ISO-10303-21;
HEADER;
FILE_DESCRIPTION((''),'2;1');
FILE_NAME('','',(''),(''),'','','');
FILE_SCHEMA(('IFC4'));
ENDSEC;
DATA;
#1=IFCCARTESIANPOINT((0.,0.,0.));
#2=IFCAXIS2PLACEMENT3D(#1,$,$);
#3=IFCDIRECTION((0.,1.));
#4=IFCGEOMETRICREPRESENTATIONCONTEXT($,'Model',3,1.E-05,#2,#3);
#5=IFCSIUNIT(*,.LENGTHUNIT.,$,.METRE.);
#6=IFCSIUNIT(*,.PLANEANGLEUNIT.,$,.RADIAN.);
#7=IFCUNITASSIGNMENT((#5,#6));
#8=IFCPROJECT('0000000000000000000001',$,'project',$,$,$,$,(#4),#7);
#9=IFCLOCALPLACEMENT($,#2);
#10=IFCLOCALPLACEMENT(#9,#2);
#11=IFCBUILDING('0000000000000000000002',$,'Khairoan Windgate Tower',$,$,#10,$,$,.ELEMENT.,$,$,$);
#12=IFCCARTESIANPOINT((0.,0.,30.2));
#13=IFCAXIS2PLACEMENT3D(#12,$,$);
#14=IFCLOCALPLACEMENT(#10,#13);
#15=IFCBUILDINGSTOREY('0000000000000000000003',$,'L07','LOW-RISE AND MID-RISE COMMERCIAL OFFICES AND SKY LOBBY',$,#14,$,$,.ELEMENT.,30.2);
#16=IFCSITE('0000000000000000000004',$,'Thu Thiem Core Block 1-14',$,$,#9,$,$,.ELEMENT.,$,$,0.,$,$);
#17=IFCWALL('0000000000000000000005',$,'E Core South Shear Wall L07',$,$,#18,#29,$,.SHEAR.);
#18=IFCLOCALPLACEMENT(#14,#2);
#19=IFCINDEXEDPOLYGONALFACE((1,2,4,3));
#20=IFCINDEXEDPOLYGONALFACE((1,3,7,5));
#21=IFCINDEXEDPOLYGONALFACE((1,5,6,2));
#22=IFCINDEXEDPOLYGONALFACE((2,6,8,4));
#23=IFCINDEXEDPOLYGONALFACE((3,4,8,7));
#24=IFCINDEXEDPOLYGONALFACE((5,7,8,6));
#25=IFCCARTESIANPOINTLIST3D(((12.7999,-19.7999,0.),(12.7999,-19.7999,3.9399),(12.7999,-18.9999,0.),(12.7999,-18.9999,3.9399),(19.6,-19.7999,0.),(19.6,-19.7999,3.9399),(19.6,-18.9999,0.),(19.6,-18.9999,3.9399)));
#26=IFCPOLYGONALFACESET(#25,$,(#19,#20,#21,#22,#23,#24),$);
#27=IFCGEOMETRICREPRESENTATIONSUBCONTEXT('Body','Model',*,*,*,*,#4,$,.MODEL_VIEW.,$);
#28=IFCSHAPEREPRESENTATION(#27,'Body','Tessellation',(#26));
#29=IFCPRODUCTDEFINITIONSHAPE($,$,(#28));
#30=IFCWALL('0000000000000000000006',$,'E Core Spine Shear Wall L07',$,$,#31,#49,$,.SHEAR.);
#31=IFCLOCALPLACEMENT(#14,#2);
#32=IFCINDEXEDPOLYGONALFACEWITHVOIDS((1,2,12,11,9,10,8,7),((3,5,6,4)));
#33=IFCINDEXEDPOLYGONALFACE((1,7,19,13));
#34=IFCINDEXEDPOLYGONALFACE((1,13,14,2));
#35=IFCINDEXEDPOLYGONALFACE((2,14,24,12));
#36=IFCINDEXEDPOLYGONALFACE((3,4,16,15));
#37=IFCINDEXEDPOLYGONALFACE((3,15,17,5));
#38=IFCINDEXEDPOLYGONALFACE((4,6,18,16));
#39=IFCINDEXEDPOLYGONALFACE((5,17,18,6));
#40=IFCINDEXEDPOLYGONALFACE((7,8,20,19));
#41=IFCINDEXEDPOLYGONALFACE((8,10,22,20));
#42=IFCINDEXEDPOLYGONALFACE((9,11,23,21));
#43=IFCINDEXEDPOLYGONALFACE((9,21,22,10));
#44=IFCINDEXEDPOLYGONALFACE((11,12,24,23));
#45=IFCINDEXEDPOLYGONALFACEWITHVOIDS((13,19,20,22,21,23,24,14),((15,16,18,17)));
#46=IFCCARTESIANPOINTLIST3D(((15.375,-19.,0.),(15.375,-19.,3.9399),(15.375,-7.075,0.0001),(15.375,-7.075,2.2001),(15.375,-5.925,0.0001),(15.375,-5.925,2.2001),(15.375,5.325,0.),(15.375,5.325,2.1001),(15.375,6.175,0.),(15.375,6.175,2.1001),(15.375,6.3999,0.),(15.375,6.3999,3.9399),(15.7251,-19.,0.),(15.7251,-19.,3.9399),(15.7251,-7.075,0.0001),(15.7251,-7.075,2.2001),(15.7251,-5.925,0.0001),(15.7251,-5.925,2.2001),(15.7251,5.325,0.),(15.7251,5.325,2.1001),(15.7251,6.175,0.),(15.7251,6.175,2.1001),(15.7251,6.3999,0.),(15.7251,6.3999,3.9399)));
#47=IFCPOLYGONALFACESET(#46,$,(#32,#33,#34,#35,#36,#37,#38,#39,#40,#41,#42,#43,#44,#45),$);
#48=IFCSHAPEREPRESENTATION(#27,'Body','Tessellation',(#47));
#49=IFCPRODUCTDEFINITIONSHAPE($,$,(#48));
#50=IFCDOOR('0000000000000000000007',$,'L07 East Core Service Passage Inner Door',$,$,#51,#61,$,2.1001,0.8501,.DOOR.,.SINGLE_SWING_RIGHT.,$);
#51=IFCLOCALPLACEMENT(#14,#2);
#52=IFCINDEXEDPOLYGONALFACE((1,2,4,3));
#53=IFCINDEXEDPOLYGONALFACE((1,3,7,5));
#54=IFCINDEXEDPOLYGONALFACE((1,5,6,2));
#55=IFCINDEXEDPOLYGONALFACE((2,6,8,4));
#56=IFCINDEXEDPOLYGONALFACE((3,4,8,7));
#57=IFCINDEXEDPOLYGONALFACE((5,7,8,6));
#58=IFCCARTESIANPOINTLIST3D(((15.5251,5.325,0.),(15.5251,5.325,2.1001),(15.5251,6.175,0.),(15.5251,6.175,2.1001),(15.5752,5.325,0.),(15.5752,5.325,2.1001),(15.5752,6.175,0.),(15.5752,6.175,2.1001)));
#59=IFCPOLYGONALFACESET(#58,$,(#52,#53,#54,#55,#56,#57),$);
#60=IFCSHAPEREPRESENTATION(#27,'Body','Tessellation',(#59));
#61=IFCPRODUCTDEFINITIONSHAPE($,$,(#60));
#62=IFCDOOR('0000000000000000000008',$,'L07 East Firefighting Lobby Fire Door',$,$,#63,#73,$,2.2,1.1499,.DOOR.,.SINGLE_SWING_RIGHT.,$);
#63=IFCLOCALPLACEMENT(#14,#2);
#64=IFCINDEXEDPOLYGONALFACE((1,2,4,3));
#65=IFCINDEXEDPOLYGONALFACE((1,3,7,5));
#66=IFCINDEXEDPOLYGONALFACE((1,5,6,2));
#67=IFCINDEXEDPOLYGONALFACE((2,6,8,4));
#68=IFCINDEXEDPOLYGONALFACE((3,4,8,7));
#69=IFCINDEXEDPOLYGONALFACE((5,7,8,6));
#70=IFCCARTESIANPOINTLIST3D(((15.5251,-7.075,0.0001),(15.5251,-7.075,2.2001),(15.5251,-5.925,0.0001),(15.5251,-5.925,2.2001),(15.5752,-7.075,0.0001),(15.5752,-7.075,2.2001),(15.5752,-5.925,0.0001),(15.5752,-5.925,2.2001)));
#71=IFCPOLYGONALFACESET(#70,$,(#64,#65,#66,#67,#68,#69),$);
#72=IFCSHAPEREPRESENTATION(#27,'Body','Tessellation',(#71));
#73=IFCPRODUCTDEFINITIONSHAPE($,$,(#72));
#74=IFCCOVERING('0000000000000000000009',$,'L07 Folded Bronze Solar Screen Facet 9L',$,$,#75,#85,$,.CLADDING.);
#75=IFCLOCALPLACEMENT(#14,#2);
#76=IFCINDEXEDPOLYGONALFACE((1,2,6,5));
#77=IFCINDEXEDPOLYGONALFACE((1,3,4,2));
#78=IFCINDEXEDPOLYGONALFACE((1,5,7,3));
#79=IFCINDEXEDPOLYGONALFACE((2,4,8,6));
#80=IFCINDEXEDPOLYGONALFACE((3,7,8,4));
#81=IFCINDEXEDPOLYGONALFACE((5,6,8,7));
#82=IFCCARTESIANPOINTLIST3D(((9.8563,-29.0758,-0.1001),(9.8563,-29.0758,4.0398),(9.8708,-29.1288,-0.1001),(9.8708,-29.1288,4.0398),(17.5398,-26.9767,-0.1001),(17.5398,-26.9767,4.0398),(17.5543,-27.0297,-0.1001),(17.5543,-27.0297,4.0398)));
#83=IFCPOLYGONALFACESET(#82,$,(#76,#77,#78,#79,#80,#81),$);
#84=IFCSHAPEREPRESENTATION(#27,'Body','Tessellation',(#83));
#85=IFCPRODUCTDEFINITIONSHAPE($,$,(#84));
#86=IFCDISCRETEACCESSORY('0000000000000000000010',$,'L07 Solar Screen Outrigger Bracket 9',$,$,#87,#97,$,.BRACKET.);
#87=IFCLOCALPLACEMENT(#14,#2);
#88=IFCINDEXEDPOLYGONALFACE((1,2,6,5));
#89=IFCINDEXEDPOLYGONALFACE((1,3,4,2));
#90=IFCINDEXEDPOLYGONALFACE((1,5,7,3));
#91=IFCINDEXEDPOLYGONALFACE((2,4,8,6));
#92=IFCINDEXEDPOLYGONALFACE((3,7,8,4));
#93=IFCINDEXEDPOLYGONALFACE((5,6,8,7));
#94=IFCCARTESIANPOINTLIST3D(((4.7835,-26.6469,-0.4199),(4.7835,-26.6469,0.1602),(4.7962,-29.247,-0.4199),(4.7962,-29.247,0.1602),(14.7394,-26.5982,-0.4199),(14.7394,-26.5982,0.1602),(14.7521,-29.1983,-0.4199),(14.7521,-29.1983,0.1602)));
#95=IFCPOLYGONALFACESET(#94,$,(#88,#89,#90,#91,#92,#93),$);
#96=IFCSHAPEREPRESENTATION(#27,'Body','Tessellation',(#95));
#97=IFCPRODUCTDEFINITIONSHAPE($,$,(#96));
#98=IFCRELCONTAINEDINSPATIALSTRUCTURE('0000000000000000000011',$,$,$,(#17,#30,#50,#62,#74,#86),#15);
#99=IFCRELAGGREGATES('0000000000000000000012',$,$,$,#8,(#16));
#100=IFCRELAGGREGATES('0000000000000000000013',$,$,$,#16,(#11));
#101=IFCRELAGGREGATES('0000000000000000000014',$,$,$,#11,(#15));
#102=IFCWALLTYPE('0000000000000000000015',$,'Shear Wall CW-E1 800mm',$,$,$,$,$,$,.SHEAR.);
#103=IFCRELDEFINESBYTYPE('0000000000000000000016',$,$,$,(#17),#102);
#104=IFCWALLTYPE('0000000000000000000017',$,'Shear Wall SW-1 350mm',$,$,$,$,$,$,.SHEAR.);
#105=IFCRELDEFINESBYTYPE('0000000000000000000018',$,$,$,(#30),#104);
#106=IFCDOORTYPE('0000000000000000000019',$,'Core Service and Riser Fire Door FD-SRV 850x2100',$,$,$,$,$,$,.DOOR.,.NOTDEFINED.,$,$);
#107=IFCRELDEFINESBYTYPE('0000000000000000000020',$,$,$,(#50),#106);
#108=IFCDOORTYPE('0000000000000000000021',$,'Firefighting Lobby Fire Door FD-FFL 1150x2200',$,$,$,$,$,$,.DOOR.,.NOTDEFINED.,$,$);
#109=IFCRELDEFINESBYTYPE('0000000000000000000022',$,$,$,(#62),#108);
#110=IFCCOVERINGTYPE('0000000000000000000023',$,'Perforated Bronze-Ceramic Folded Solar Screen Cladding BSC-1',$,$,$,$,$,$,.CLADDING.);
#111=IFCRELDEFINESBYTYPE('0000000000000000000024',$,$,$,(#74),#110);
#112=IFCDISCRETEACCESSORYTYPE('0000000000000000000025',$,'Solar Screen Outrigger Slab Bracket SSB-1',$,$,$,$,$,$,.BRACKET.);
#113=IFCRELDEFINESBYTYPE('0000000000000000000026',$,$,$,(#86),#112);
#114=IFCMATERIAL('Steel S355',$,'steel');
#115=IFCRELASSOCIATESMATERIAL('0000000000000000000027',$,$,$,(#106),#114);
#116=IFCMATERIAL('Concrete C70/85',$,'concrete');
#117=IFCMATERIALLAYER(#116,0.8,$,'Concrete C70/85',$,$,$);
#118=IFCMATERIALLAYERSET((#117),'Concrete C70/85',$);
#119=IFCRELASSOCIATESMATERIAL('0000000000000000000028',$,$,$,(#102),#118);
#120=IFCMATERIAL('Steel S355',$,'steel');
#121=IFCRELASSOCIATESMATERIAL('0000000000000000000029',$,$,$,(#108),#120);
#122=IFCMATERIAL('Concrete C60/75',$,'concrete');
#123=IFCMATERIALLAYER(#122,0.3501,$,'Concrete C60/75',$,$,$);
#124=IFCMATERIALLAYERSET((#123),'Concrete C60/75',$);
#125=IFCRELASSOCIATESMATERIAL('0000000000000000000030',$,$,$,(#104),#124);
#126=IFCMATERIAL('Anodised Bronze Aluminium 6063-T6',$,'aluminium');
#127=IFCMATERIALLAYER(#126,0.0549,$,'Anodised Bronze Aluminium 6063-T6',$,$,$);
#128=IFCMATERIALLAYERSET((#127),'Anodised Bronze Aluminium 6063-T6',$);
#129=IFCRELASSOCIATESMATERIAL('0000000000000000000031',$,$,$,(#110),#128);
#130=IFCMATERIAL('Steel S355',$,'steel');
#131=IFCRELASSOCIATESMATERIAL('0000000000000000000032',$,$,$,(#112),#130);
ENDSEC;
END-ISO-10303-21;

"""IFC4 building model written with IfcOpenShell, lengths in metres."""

from ifc_helpers import new_model, si_unit, direction, frame, frame_2d, origin, origin_2d, place, context, subcontext, project, spatial, rectangle, extrude, material, layer, layer_set, type_object, element, fill, save


model = new_model("IFC4")

# Units and contexts
model_context = context("Model", 3, precision=1e-05, world=origin(), true_north=direction((0.0, 1.0)))
body_context = subcontext(model_context, "Body", "Model", "MODEL_VIEW")
ifc_project = project(units=[si_unit("LENGTHUNIT", "METRE"), si_unit("PLANEANGLEUNIT", "RADIAN")], contexts=[model_context])

# Site, building, storey
site_placement = place(None, origin())
site = spatial("IfcSite", under=ifc_project, at=site_placement, Name="Thu Thiem Core Block 1-14", CompositionType="ELEMENT", RefElevation=0.0)
building_placement = place(site_placement, origin())
building = spatial("IfcBuilding", under=site, at=building_placement, Name="Khairoan Windgate Tower", CompositionType="ELEMENT")
storey_placement = place(building_placement, frame((0.0, 0.0, 30.2)))
storey = spatial("IfcBuildingStorey", under=building, at=storey_placement, Name="L07", Description="LOW-RISE AND MID-RISE COMMERCIAL OFFICES AND SKY LOBBY", CompositionType="ELEMENT", Elevation=30.2)

# Shared definitions
ifc_material_1 = material(Name="Steel S355", Category="steel")
door_type_1 = type_object("IfcDoorType", Name="Core Service and Riser Fire Door FD-SRV 850x2100", OperationType="NOTDEFINED", PredefinedType="DOOR", material=ifc_material_1)

# Shared definitions
ifc_material_2 = material(Name="Concrete C70/85", Category="concrete")
ifc_layer_1 = layer(ifc_material_2, 0.8, Name="Concrete C70/85")
ifc_layer_set_1 = layer_set([ifc_layer_1], Name="Concrete C70/85")
wall_type_1 = type_object("IfcWallType", Name="Shear Wall CW-E1 800mm", PredefinedType="SHEAR", material=ifc_layer_set_1)
ifc_material_3 = material(Name="Steel S355", Category="steel")
door_type_2 = type_object("IfcDoorType", Name="Firefighting Lobby Fire Door FD-FFL 1150x2200", OperationType="NOTDEFINED", PredefinedType="DOOR", material=ifc_material_3)

# Wall
wall_1_placement = place(storey_placement, frame((12.8, -19.3999, 0.0), z_axis=(0.0, 0.0, 1.0), x_axis=(1.0, 0.0, 0.0)))
element("IfcWall", 1, at=wall_1_placement, inside=storey, type_object=wall_type_1, Name="E Core South Shear Wall L07", PredefinedType="SHEAR", context=body_context, shape_type="SweptSolid", body=[
    extrude(rectangle(XDim=6.8, YDim=0.8, at=frame_2d((3.3999, 0.0))), origin(), (0.0, 0.0, 1.0), 3.9399),
])

# Wall, openings, doors
ifc_material_4 = material(Name="Concrete C60/75", Category="concrete")
ifc_layer_2 = layer(ifc_material_4, 0.3501, Name="Concrete C60/75")
ifc_layer_set_2 = layer_set([ifc_layer_2], Name="Concrete C60/75")
wall_type_2 = type_object("IfcWallType", Name="Shear Wall SW-1 350mm", PredefinedType="SHEAR", material=ifc_layer_set_2)
wall_2_placement = place(storey_placement, frame((15.55, -19.0, 0.0), z_axis=(0.0, 0.0, 1.0), x_axis=(0.0, 1.0, 0.0)))
wall_2 = element("IfcWall", 2, at=wall_2_placement, inside=storey, type_object=wall_type_2, Name="E Core Spine Shear Wall L07", PredefinedType="SHEAR", context=body_context, shape_type="SweptSolid", body=[
    extrude(rectangle(XDim=25.3999, YDim=0.3501, at=frame_2d((12.7, 0.0))), origin(), (0.0, 0.0, 1.0), 3.9399),
])
opening_1_placement = place(wall_2_placement, frame((11.925, 0.0, 0.0)))
opening_1 = element("IfcOpeningElement", 3, at=opening_1_placement, cuts=wall_2, PredefinedType="OPENING", context=body_context, shape_type="SweptSolid", body=[
    extrude(rectangle(XDim=1.1499, YDim=2.2, at=frame_2d((0.575, 1.1001))), frame((0.0, 0.1851, 0.0), z_axis=(0.0, -1.0, 0.0), x_axis=(1.0, 0.0, 0.0)), (0.0, 0.0, 1.0), 0.3701),
])
opening_2_placement = place(wall_2_placement, frame((24.325, 0.0, 0.0)))
opening_2 = element("IfcOpeningElement", 4, at=opening_2_placement, cuts=wall_2, PredefinedType="OPENING", context=body_context, shape_type="SweptSolid", body=[
    extrude(rectangle(XDim=0.8501, YDim=2.1001, at=frame_2d((0.425, 1.05))), frame((0.0, 0.1851, 0.0), z_axis=(0.0, -1.0, 0.0), x_axis=(1.0, 0.0, 0.0)), (0.0, 0.0, 1.0), 0.3701),
])
door_1_placement = place(opening_2_placement, origin())
door_1 = element("IfcDoor", 5, at=door_1_placement, inside=storey, type_object=door_type_1, Name="L07 East Core Service Passage Inner Door", OperationType="SINGLE_SWING_RIGHT", OverallHeight=2.1001, OverallWidth=0.8501, PredefinedType="DOOR", context=body_context, shape_type="SweptSolid", body=[
    extrude(rectangle(XDim=0.8501, YDim=2.1001, at=frame_2d((0.425, 1.05))), frame((0.0, 0.0249, 0.0), z_axis=(0.0, -1.0, 0.0), x_axis=(1.0, 0.0, 0.0)), (0.0, 0.0, 1.0), 0.05),
])
fill(opening_2, door_1)
door_2_placement = place(opening_1_placement, origin())
door_2 = element("IfcDoor", 6, at=door_2_placement, inside=storey, type_object=door_type_2, Name="L07 East Firefighting Lobby Fire Door", OperationType="SINGLE_SWING_RIGHT", OverallHeight=2.2, OverallWidth=1.1499, PredefinedType="DOOR", context=body_context, shape_type="SweptSolid", body=[
    extrude(rectangle(XDim=1.1499, YDim=2.2, at=frame_2d((0.575, 1.1001))), frame((0.0, 0.0249, 0.0), z_axis=(0.0, -1.0, 0.0), x_axis=(1.0, 0.0, 0.0)), (0.0, 0.0, 1.0), 0.05),
])
fill(opening_1, door_2)

# Covering
ifc_material_5 = material(Name="Anodised Bronze Aluminium 6063-T6", Category="aluminium")
ifc_layer_3 = layer(ifc_material_5, 0.0549, Name="Anodised Bronze Aluminium 6063-T6")
ifc_layer_set_3 = layer_set([ifc_layer_3], Name="Anodised Bronze Aluminium 6063-T6")
covering_type = type_object("IfcCoveringType", Name="Perforated Bronze-Ceramic Folded Solar Screen Cladding BSC-1", PredefinedType="CLADDING", material=ifc_layer_set_3)
covering_placement = place(storey_placement, frame((13.7053, -28.0527, -0.1001), z_axis=(0.0, 0.0, 1.0), x_axis=(-0.964649, -0.263536, 0.0)))
element("IfcCovering", 7, at=covering_placement, inside=storey, type_object=covering_type, Name="L07 Folded Bronze Solar Screen Facet 9L", PredefinedType="CLADDING", context=body_context, shape_type="SweptSolid", body=[
    extrude(rectangle(XDim=7.9651, YDim=0.0549, at=origin_2d()), origin(), (0.0, 0.0, 1.0), 4.1399),
])

# Discrete accessory
ifc_material_6 = material(Name="Steel S355", Category="steel")
discrete_accessory_type = type_object("IfcDiscreteAccessoryType", Name="Solar Screen Outrigger Slab Bracket SSB-1", PredefinedType="BRACKET", material=ifc_material_6)
discrete_accessory_placement = place(storey_placement, frame((9.7678, -27.9226, -0.4199), z_axis=(0.0, 0.0, 1.0), x_axis=(-0.999988, -0.004887, 0.0)))
element("IfcDiscreteAccessory", 8, at=discrete_accessory_placement, inside=storey, type_object=discrete_accessory_type, Name="L07 Solar Screen Outrigger Bracket 9", PredefinedType="BRACKET", context=body_context, shape_type="SweptSolid", body=[
    extrude(rectangle(XDim=9.9561, YDim=2.6001, at=origin_2d()), origin(), (0.0, 0.0, 1.0), 0.5801),
])

save(model, "model.ifc")
